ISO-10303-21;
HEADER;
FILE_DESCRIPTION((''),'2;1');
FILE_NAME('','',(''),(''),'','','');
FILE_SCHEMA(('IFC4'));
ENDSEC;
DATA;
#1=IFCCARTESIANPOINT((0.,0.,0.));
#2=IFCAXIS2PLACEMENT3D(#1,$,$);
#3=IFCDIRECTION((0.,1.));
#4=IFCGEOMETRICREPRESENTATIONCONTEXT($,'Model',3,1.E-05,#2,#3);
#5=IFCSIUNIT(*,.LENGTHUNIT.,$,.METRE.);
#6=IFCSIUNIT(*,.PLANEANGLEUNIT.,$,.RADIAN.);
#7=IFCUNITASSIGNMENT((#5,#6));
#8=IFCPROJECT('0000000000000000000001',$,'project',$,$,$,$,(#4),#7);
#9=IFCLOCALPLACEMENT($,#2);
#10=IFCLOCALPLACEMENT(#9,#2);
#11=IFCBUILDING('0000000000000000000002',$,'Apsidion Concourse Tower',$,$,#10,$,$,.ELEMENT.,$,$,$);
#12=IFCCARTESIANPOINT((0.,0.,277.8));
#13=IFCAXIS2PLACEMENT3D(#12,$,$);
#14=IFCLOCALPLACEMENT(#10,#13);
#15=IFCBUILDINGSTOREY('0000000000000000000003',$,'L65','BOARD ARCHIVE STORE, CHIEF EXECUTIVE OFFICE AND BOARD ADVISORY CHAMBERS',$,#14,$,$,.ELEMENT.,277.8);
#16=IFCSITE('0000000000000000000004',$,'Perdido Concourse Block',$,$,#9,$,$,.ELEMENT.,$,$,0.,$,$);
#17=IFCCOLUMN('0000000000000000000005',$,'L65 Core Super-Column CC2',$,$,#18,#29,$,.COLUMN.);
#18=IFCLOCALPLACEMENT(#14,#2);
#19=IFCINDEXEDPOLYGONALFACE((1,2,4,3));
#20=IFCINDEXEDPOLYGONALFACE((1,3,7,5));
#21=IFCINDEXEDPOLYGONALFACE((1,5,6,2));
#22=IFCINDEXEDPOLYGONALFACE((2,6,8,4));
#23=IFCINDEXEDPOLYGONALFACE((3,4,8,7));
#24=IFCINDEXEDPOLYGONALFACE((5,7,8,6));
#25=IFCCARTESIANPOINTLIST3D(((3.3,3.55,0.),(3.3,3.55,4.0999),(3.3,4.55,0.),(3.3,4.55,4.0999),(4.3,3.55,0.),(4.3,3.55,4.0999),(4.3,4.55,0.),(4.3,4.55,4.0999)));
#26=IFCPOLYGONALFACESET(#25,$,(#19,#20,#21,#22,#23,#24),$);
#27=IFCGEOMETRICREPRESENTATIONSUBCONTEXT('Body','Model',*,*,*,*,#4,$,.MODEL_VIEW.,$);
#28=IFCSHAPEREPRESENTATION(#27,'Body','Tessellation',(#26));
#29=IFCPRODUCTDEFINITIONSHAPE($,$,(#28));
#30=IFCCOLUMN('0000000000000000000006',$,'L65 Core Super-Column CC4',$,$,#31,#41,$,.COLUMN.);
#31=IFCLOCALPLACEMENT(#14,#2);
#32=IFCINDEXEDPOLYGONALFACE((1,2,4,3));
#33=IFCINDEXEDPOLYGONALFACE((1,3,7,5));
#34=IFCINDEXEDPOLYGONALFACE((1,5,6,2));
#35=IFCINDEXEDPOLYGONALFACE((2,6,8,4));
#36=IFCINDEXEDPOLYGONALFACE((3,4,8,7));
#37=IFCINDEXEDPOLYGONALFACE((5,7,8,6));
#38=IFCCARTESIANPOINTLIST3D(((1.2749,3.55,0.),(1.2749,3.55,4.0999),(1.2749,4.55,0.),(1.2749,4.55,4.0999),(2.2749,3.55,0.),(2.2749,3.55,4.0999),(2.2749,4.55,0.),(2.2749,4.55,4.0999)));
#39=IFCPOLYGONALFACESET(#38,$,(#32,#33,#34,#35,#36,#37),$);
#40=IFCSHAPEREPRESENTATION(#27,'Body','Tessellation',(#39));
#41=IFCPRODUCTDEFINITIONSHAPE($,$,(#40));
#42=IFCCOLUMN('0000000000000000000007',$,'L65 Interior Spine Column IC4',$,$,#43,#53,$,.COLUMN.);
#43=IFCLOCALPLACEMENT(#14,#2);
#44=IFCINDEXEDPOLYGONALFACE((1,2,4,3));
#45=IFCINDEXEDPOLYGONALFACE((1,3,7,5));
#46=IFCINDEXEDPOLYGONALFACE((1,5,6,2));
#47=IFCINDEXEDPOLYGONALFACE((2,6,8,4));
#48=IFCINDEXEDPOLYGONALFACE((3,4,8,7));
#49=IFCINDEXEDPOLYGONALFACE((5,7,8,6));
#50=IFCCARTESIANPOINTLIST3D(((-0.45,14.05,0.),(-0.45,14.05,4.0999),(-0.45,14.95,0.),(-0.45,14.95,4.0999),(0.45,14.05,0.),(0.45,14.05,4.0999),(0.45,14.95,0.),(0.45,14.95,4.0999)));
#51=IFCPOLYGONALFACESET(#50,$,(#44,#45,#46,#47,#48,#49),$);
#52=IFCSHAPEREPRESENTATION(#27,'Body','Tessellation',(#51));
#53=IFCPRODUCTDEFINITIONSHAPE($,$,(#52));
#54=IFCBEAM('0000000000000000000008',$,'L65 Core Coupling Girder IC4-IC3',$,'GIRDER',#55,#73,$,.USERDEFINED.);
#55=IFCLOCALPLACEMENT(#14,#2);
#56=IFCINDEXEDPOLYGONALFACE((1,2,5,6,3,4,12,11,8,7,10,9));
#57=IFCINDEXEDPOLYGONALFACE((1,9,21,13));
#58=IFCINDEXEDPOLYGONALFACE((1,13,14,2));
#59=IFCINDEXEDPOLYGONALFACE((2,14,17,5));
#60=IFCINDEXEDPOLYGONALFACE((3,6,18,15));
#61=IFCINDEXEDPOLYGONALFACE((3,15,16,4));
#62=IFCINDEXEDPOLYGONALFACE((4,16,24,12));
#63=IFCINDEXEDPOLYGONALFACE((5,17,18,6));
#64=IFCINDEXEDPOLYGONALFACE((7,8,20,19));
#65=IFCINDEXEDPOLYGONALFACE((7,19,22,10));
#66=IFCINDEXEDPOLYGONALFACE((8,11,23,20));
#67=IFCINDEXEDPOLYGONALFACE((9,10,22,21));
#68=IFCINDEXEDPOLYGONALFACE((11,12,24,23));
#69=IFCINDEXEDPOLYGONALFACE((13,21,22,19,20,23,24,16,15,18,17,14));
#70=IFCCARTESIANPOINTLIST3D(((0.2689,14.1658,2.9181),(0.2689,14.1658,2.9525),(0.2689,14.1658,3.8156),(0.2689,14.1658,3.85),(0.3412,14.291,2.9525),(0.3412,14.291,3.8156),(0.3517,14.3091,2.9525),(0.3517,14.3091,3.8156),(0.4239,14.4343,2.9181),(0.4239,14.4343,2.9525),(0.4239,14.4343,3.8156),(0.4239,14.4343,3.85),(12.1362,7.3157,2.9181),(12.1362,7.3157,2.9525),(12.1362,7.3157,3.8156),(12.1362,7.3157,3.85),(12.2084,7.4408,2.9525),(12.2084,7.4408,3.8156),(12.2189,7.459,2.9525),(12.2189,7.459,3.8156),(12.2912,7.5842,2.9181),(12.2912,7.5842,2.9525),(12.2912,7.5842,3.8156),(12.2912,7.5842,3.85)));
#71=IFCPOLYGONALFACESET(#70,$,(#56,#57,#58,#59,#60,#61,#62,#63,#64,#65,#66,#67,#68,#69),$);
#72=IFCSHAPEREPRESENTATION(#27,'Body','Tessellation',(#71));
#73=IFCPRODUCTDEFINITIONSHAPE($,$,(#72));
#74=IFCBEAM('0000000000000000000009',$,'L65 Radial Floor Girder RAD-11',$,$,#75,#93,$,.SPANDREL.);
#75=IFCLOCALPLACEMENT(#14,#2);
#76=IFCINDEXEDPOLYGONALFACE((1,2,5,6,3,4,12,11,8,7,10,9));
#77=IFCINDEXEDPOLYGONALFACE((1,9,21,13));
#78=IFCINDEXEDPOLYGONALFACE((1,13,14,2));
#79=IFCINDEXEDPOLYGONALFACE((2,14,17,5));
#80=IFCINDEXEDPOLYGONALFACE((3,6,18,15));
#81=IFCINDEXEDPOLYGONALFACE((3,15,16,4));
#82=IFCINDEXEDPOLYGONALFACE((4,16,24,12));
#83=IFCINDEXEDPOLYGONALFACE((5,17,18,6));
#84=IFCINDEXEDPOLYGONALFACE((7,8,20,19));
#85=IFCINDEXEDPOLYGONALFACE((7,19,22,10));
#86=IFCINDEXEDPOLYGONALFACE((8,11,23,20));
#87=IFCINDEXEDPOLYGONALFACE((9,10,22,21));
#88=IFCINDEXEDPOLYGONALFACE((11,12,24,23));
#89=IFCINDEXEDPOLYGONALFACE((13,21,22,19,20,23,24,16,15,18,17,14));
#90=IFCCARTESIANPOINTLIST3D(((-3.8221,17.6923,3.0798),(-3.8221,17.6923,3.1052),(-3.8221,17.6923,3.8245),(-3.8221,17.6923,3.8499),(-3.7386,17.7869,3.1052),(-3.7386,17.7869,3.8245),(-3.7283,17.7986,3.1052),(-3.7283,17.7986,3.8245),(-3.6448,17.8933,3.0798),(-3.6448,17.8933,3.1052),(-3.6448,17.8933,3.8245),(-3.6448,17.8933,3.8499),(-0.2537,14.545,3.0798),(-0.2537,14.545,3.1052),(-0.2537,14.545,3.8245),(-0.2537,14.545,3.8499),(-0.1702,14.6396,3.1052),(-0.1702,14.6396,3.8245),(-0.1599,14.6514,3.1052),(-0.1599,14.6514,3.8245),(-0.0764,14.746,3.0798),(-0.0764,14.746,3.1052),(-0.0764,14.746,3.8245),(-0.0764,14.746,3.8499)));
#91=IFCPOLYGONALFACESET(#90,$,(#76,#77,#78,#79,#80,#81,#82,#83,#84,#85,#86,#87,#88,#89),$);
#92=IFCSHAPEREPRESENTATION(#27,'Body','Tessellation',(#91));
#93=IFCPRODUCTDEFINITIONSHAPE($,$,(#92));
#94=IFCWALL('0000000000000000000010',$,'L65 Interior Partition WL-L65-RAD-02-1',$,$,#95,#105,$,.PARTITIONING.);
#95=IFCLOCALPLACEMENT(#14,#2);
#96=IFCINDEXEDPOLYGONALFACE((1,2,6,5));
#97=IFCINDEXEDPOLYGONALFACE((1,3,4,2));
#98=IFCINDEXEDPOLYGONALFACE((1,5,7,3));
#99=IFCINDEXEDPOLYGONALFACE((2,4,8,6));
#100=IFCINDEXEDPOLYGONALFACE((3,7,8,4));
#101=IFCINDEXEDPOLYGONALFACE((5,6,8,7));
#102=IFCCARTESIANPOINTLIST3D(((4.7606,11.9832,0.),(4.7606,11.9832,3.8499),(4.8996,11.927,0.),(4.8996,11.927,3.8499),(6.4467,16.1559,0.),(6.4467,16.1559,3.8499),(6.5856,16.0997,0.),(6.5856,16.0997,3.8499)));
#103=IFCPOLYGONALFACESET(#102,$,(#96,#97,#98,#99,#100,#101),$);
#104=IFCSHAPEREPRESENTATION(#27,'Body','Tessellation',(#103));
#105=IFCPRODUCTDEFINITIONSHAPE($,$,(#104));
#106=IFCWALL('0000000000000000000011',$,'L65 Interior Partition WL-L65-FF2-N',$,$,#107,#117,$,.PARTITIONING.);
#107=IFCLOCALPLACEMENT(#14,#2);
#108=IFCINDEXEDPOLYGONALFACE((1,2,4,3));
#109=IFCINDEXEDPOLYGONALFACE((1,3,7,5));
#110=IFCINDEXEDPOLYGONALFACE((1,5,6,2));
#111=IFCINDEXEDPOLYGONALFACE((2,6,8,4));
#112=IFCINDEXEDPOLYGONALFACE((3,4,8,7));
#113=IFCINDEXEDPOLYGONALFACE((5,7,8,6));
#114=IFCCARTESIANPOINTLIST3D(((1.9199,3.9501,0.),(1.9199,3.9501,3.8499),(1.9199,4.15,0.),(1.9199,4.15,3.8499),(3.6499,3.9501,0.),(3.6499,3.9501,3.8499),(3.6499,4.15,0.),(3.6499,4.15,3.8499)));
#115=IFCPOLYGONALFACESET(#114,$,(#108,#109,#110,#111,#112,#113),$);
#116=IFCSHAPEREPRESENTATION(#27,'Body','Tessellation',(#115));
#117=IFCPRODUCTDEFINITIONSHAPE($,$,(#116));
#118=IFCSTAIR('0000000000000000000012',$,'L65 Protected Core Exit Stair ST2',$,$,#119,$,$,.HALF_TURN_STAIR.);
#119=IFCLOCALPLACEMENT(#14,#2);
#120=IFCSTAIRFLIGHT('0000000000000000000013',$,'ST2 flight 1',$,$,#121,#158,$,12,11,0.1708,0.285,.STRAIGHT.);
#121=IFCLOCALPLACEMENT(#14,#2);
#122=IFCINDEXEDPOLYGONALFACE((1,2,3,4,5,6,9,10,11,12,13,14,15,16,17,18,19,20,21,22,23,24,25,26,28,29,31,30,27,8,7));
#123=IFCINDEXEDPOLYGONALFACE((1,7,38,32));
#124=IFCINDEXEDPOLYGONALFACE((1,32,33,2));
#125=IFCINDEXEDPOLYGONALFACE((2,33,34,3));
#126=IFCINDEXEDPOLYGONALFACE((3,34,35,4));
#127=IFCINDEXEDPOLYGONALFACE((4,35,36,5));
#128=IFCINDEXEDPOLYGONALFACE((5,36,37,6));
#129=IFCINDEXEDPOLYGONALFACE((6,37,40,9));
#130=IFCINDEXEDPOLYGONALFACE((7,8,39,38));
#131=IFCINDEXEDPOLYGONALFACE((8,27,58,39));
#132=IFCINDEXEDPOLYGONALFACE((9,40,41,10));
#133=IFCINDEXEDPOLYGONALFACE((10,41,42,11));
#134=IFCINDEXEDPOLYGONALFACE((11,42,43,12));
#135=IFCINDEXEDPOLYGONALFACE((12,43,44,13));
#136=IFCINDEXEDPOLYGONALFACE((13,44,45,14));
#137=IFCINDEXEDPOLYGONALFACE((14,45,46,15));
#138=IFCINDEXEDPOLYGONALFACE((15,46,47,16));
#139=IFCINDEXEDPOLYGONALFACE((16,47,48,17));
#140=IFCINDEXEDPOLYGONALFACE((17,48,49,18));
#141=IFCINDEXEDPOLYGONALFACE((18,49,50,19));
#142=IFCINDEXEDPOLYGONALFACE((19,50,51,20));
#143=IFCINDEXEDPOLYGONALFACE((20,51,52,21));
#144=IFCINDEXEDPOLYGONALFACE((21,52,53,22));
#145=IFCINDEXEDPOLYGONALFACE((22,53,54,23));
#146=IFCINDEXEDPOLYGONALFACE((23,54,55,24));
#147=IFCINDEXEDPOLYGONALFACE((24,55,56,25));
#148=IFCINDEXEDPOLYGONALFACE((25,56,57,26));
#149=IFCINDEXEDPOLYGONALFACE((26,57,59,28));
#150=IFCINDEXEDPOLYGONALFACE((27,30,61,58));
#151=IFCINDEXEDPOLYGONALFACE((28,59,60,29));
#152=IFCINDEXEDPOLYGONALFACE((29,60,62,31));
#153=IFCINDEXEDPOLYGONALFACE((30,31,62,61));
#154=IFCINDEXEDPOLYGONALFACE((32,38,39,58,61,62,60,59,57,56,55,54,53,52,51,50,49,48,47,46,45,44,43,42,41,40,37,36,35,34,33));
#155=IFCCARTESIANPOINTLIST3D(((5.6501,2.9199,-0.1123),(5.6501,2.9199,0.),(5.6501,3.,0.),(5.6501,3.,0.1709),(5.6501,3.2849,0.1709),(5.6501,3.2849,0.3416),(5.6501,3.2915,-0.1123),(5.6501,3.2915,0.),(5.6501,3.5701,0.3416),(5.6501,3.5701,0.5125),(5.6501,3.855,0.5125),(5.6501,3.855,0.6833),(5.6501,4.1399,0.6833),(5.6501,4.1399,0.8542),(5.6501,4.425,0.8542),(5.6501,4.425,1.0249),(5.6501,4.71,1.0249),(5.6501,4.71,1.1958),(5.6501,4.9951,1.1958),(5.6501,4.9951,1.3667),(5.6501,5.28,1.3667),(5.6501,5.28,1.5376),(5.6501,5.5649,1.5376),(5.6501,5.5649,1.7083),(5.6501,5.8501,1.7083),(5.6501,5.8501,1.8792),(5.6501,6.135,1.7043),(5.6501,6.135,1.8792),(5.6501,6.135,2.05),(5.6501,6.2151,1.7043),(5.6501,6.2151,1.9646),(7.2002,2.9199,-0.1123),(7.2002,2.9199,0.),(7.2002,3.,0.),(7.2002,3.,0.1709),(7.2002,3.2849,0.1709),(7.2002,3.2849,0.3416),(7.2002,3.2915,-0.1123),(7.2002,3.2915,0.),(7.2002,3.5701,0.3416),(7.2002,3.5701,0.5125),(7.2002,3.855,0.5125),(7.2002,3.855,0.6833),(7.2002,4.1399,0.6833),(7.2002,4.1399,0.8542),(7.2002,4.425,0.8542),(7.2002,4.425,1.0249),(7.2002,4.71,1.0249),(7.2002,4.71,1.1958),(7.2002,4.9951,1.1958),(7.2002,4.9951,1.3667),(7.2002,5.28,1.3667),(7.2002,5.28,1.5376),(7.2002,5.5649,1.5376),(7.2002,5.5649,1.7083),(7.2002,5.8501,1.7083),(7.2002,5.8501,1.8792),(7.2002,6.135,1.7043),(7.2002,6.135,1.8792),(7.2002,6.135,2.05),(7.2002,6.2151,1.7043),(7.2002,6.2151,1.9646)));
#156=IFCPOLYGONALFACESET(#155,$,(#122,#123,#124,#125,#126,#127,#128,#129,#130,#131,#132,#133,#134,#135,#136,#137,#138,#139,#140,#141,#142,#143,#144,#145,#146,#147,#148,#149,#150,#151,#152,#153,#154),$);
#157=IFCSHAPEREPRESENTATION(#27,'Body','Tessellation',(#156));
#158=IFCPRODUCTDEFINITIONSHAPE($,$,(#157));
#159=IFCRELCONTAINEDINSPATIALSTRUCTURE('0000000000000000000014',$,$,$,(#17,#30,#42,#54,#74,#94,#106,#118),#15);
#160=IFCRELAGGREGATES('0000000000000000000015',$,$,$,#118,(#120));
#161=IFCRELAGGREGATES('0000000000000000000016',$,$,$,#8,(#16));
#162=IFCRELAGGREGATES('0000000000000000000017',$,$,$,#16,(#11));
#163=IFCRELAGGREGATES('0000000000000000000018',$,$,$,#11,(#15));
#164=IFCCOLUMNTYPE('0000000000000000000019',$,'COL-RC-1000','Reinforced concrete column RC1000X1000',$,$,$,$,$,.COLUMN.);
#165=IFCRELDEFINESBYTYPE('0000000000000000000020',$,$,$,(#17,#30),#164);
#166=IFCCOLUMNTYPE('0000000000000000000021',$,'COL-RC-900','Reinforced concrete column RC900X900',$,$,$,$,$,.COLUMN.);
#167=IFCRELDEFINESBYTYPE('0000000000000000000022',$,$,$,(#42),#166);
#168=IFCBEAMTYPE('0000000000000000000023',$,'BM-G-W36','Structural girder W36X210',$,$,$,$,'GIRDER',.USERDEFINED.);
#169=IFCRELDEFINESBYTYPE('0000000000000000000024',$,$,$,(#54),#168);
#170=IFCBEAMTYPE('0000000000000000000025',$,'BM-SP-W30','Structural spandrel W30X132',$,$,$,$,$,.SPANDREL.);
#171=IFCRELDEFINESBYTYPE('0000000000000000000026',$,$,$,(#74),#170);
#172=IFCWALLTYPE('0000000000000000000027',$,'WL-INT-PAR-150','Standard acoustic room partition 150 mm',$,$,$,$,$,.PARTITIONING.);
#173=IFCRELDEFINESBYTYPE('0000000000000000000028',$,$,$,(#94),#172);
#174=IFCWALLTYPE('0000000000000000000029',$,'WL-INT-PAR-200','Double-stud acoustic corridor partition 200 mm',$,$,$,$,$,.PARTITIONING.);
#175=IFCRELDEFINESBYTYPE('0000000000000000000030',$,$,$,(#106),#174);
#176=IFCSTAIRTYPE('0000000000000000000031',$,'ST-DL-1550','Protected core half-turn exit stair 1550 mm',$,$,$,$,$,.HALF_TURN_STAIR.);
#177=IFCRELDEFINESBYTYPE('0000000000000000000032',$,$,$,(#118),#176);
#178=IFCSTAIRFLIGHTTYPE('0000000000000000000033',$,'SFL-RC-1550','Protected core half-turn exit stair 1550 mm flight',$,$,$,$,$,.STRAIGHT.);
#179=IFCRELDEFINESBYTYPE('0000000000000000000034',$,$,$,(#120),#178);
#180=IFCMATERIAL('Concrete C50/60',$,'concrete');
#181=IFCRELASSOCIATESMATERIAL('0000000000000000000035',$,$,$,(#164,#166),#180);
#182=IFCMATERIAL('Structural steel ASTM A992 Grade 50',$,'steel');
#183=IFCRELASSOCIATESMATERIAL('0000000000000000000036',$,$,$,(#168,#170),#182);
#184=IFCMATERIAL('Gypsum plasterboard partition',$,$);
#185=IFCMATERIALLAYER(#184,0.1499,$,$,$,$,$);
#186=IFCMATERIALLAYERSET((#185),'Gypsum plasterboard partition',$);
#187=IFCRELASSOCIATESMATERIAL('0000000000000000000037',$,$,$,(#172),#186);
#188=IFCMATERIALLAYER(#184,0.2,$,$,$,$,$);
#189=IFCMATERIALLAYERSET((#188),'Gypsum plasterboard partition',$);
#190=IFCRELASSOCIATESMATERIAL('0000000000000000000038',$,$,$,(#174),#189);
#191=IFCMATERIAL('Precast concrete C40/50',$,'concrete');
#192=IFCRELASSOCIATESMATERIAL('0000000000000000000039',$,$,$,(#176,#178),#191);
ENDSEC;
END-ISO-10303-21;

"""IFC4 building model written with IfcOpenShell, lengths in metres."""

from ifc_helpers import new_model, si_unit, direction, frame, frame_2d, origin, origin_2d, place, context, subcontext, project, spatial, polyline, rectangle, i_section, outline, extrude, material, layer, layer_set, material_profile, profile_set, type_object, element, aggregate, save


model = new_model("IFC4")

# Units and contexts
model_context = context("Model", 3, precision=1e-05, world=origin(), true_north=direction((0.0, 1.0)))
body_context = subcontext(model_context, "Body", "Model", "MODEL_VIEW")
ifc_project = project(units=[si_unit("LENGTHUNIT", "METRE"), si_unit("PLANEANGLEUNIT", "RADIAN")], contexts=[model_context])

# Site, building, storey
site_placement = place(None, origin())
site = spatial("IfcSite", under=ifc_project, at=site_placement, Name="Perdido Concourse Block", CompositionType="ELEMENT", RefElevation=0.0)
building_placement = place(site_placement, origin())
building = spatial("IfcBuilding", under=site, at=building_placement, Name="Apsidion Concourse Tower", CompositionType="ELEMENT")
storey_placement = place(building_placement, frame((0.0, 0.0, 277.8)))
storey = spatial("IfcBuildingStorey", under=building, at=storey_placement, Name="L65", Description="BOARD ARCHIVE STORE, CHIEF EXECUTIVE OFFICE AND BOARD ADVISORY CHAMBERS", CompositionType="ELEMENT", Elevation=277.8)

# Columns
ifc_material_1 = material(Name="Concrete C50/60", Category="concrete")
ifc_material_profile_1 = material_profile(ifc_material_1, rectangle(XDim=1.0, YDim=1.0, at=origin_2d()), Name="RC 1000x1000")
ifc_profile_set_1 = profile_set([ifc_material_profile_1], Name="Concrete C50/60")
column_type_1 = type_object("IfcColumnType", Name="COL-RC-1000", Description="Reinforced concrete column RC1000X1000", PredefinedType="COLUMN", material=ifc_profile_set_1)
for number, where, z_axis, x_axis, name in (
    (1, (3.8, 4.05, 0.0), (0.0, 0.0, 1.0), (1.0, 0.0, 0.0), "L65 Core Super-Column CC2"),
    (2, (1.7749, 4.05, 0.0), (0.0, 0.0, 1.0), (1.0, 0.0, 0.0), "L65 Core Super-Column CC4"),
):
    element("IfcColumn", number, at=place(storey_placement, frame(where, z_axis=z_axis, x_axis=x_axis)), inside=storey, type_object=column_type_1, Name=name, PredefinedType="COLUMN", context=body_context, shape_type="SweptSolid", body=[
        extrude(rectangle(XDim=1.0, YDim=1.0, at=origin_2d()), origin(), (0.0, 0.0, 1.0), 4.0999),
    ])
ifc_material_profile_2 = material_profile(ifc_material_1, rectangle(XDim=0.8999, YDim=0.8999, at=origin_2d()), Name="RC 900x900")
ifc_profile_set_2 = profile_set([ifc_material_profile_2], Name="Concrete C50/60")
column_type_2 = type_object("IfcColumnType", Name="COL-RC-900", Description="Reinforced concrete column RC900X900", PredefinedType="COLUMN", material=ifc_profile_set_2)
column_placement = place(storey_placement, frame((0.0, 14.5, 0.0), z_axis=(0.0, 0.0, 1.0), x_axis=(1.0, 0.0, 0.0)))
element("IfcColumn", 3, at=column_placement, inside=storey, type_object=column_type_2, Name="L65 Interior Spine Column IC4", PredefinedType="COLUMN", context=body_context, shape_type="SweptSolid", body=[
    extrude(rectangle(XDim=0.8999, YDim=0.8999, at=origin_2d()), origin(), (0.0, 0.0, 1.0), 4.0999),
])

# Beams
ifc_material_2 = material(Name="Structural steel ASTM A992 Grade 50", Category="steel")
ifc_material_profile_3 = material_profile(ifc_material_2, i_section(OverallWidth=0.3101, OverallDepth=0.9319, WebThickness=0.021, FlangeThickness=0.0344, at=origin_2d()), Name="W36X210")
ifc_profile_set_3 = profile_set([ifc_material_profile_3], Name="Structural steel ASTM A992 Grade 50")
beam_type_1 = type_object("IfcBeamType", Name="BM-G-W36", Description="Structural girder W36X210", ElementType="GIRDER", PredefinedType="USERDEFINED", material=ifc_profile_set_3)
beam_1_placement = place(storey_placement, frame((0.3464, 14.3, 3.384), z_axis=(0.86607, -0.499922, 0.0), x_axis=(0.499922, 0.86607, 0.0)))
element("IfcBeam", 4, at=beam_1_placement, inside=storey, type_object=beam_type_1, Name="L65 Core Coupling Girder IC4-IC3", ObjectType="GIRDER", PredefinedType="USERDEFINED", context=body_context, shape_type="SweptSolid", body=[
    extrude(i_section(OverallWidth=0.3101, OverallDepth=0.9319, WebThickness=0.021, FlangeThickness=0.0344, at=origin_2d()), origin(), (0.0, 0.0, 1.0), 13.7024),
])
ifc_material_profile_4 = material_profile(ifc_material_2, i_section(OverallWidth=0.2681, OverallDepth=0.77, WebThickness=0.0156, FlangeThickness=0.0254, at=origin_2d()), Name="W30X132")
ifc_profile_set_4 = profile_set([ifc_material_profile_4], Name="Structural steel ASTM A992 Grade 50")
beam_type_2 = type_object("IfcBeamType", Name="BM-SP-W30", Description="Structural spandrel W30X132", PredefinedType="SPANDREL", material=ifc_profile_set_4)
beam_2_placement = place(storey_placement, frame((-0.165, 14.6455, 3.4648), z_axis=(-0.749977, 0.661464, 0.0), x_axis=(-0.661464, -0.749977, 0.0)))
element("IfcBeam", 5, at=beam_2_placement, inside=storey, type_object=beam_type_2, Name="L65 Radial Floor Girder RAD-11", PredefinedType="SPANDREL", context=body_context, shape_type="SweptSolid", body=[
    extrude(i_section(OverallWidth=0.2681, OverallDepth=0.77, WebThickness=0.0156, FlangeThickness=0.0254, at=origin_2d()), origin(), (0.0, 0.0, 1.0), 4.7581),
])

# Walls
ifc_material_3 = material(Name="Gypsum plasterboard partition")
ifc_layer_1 = layer(ifc_material_3, 0.1499)
ifc_layer_set_1 = layer_set([ifc_layer_1], Name="Gypsum plasterboard partition")
wall_type_1 = type_object("IfcWallType", Name="WL-INT-PAR-150", Description="Standard acoustic room partition 150 mm", PredefinedType="PARTITIONING", material=ifc_layer_set_1)
wall_1_placement = place(storey_placement, frame((4.8301, 11.9551, 0.0), z_axis=(0.0, 0.0, 1.0), x_axis=(0.374643, 0.927169, 0.0)))
element("IfcWall", 6, at=wall_1_placement, inside=storey, type_object=wall_type_1, Name="L65 Interior Partition WL-L65-RAD-02-1", PredefinedType="PARTITIONING", context=body_context, shape_type="SweptSolid", body=[
    extrude(rectangle(XDim=4.5005, YDim=0.1499, at=frame_2d((2.2502, 0.0))), origin(), (0.0, 0.0, 1.0), 3.8499),
])
ifc_layer_2 = layer(ifc_material_3, 0.2)
ifc_layer_set_2 = layer_set([ifc_layer_2], Name="Gypsum plasterboard partition")
wall_type_2 = type_object("IfcWallType", Name="WL-INT-PAR-200", Description="Double-stud acoustic corridor partition 200 mm", PredefinedType="PARTITIONING", material=ifc_layer_set_2)
wall_2_placement = place(storey_placement, frame((1.9199, 4.05, 0.0), z_axis=(0.0, 0.0, 1.0), x_axis=(1.0, 0.0, 0.0)))
element("IfcWall", 7, at=wall_2_placement, inside=storey, type_object=wall_type_2, Name="L65 Interior Partition WL-L65-FF2-N", PredefinedType="PARTITIONING", context=body_context, shape_type="SweptSolid", body=[
    extrude(rectangle(XDim=1.73, YDim=0.2, at=frame_2d((0.865, 0.0))), origin(), (0.0, 0.0, 1.0), 3.8499),
])

# Stair, stair flight
ifc_material_4 = material(Name="Precast concrete C40/50", Category="concrete")
stair_type = type_object("IfcStairType", Name="ST-DL-1550", Description="Protected core half-turn exit stair 1550 mm", PredefinedType="HALF_TURN_STAIR", material=ifc_material_4)
stair_1_placement = place(storey_placement, origin())
stair_1 = element("IfcStair", 8, at=stair_1_placement, inside=storey, type_object=stair_type, Name="L65 Protected Core Exit Stair ST2", PredefinedType="HALF_TURN_STAIR")
stair_flight_type = type_object("IfcStairFlightType", Name="SFL-RC-1550", Description="Protected core half-turn exit stair 1550 mm flight", PredefinedType="STRAIGHT", material=ifc_material_4)
stair_flight_1_placement = place(storey_placement, frame((6.425, 3.0, 0.0), z_axis=(0.0, 0.0, 1.0), x_axis=(0.0, 1.0, 0.0)))
stair_flight_1 = element("IfcStairFlight", 9, at=stair_flight_1_placement, type_object=stair_flight_type, Name="ST2 flight 1", NumberOfRisers=12, NumberOfTreads=11, PredefinedType="STRAIGHT", RiserHeight=0.1708, TreadLength=0.285, context=body_context, shape_type="SweptSolid", body=[
    extrude(outline(polyline([(-0.0801, -0.1123), (-0.0801, 0.0), (0.0, 0.0), (0.0, 0.1709), (0.2849, 0.1709), (0.2849, 0.3416), (0.5701, 0.3416), (0.5701, 0.5125), (0.855, 0.5125), (0.855, 0.6833), (1.1399, 0.6833), (1.1399, 0.8542), (1.425, 0.8542), (1.425, 1.0249), (1.71, 1.0249), (1.71, 1.1958), (1.9951, 1.1958), (1.9951, 1.3667), (2.28, 1.3667), (2.28, 1.5376), (2.5649, 1.5376), (2.5649, 1.7083), (2.8501, 1.7083), (2.8501, 1.8792), (3.135, 1.8792), (3.135, 2.05), (3.2151, 1.9646), (3.2151, 1.7043), (3.135, 1.7043), (0.2915, 0.0), (0.2915, -0.1123), (-0.0801, -0.1123)])), frame((0.0, 0.7749, 0.0), z_axis=(0.0, -1.0, 0.0), x_axis=(1.0, 0.0, 0.0)), (0.0, 0.0, 1.0), 1.55),
])
aggregate(stair_1, [stair_flight_1])

save(model, "model.ifc")
